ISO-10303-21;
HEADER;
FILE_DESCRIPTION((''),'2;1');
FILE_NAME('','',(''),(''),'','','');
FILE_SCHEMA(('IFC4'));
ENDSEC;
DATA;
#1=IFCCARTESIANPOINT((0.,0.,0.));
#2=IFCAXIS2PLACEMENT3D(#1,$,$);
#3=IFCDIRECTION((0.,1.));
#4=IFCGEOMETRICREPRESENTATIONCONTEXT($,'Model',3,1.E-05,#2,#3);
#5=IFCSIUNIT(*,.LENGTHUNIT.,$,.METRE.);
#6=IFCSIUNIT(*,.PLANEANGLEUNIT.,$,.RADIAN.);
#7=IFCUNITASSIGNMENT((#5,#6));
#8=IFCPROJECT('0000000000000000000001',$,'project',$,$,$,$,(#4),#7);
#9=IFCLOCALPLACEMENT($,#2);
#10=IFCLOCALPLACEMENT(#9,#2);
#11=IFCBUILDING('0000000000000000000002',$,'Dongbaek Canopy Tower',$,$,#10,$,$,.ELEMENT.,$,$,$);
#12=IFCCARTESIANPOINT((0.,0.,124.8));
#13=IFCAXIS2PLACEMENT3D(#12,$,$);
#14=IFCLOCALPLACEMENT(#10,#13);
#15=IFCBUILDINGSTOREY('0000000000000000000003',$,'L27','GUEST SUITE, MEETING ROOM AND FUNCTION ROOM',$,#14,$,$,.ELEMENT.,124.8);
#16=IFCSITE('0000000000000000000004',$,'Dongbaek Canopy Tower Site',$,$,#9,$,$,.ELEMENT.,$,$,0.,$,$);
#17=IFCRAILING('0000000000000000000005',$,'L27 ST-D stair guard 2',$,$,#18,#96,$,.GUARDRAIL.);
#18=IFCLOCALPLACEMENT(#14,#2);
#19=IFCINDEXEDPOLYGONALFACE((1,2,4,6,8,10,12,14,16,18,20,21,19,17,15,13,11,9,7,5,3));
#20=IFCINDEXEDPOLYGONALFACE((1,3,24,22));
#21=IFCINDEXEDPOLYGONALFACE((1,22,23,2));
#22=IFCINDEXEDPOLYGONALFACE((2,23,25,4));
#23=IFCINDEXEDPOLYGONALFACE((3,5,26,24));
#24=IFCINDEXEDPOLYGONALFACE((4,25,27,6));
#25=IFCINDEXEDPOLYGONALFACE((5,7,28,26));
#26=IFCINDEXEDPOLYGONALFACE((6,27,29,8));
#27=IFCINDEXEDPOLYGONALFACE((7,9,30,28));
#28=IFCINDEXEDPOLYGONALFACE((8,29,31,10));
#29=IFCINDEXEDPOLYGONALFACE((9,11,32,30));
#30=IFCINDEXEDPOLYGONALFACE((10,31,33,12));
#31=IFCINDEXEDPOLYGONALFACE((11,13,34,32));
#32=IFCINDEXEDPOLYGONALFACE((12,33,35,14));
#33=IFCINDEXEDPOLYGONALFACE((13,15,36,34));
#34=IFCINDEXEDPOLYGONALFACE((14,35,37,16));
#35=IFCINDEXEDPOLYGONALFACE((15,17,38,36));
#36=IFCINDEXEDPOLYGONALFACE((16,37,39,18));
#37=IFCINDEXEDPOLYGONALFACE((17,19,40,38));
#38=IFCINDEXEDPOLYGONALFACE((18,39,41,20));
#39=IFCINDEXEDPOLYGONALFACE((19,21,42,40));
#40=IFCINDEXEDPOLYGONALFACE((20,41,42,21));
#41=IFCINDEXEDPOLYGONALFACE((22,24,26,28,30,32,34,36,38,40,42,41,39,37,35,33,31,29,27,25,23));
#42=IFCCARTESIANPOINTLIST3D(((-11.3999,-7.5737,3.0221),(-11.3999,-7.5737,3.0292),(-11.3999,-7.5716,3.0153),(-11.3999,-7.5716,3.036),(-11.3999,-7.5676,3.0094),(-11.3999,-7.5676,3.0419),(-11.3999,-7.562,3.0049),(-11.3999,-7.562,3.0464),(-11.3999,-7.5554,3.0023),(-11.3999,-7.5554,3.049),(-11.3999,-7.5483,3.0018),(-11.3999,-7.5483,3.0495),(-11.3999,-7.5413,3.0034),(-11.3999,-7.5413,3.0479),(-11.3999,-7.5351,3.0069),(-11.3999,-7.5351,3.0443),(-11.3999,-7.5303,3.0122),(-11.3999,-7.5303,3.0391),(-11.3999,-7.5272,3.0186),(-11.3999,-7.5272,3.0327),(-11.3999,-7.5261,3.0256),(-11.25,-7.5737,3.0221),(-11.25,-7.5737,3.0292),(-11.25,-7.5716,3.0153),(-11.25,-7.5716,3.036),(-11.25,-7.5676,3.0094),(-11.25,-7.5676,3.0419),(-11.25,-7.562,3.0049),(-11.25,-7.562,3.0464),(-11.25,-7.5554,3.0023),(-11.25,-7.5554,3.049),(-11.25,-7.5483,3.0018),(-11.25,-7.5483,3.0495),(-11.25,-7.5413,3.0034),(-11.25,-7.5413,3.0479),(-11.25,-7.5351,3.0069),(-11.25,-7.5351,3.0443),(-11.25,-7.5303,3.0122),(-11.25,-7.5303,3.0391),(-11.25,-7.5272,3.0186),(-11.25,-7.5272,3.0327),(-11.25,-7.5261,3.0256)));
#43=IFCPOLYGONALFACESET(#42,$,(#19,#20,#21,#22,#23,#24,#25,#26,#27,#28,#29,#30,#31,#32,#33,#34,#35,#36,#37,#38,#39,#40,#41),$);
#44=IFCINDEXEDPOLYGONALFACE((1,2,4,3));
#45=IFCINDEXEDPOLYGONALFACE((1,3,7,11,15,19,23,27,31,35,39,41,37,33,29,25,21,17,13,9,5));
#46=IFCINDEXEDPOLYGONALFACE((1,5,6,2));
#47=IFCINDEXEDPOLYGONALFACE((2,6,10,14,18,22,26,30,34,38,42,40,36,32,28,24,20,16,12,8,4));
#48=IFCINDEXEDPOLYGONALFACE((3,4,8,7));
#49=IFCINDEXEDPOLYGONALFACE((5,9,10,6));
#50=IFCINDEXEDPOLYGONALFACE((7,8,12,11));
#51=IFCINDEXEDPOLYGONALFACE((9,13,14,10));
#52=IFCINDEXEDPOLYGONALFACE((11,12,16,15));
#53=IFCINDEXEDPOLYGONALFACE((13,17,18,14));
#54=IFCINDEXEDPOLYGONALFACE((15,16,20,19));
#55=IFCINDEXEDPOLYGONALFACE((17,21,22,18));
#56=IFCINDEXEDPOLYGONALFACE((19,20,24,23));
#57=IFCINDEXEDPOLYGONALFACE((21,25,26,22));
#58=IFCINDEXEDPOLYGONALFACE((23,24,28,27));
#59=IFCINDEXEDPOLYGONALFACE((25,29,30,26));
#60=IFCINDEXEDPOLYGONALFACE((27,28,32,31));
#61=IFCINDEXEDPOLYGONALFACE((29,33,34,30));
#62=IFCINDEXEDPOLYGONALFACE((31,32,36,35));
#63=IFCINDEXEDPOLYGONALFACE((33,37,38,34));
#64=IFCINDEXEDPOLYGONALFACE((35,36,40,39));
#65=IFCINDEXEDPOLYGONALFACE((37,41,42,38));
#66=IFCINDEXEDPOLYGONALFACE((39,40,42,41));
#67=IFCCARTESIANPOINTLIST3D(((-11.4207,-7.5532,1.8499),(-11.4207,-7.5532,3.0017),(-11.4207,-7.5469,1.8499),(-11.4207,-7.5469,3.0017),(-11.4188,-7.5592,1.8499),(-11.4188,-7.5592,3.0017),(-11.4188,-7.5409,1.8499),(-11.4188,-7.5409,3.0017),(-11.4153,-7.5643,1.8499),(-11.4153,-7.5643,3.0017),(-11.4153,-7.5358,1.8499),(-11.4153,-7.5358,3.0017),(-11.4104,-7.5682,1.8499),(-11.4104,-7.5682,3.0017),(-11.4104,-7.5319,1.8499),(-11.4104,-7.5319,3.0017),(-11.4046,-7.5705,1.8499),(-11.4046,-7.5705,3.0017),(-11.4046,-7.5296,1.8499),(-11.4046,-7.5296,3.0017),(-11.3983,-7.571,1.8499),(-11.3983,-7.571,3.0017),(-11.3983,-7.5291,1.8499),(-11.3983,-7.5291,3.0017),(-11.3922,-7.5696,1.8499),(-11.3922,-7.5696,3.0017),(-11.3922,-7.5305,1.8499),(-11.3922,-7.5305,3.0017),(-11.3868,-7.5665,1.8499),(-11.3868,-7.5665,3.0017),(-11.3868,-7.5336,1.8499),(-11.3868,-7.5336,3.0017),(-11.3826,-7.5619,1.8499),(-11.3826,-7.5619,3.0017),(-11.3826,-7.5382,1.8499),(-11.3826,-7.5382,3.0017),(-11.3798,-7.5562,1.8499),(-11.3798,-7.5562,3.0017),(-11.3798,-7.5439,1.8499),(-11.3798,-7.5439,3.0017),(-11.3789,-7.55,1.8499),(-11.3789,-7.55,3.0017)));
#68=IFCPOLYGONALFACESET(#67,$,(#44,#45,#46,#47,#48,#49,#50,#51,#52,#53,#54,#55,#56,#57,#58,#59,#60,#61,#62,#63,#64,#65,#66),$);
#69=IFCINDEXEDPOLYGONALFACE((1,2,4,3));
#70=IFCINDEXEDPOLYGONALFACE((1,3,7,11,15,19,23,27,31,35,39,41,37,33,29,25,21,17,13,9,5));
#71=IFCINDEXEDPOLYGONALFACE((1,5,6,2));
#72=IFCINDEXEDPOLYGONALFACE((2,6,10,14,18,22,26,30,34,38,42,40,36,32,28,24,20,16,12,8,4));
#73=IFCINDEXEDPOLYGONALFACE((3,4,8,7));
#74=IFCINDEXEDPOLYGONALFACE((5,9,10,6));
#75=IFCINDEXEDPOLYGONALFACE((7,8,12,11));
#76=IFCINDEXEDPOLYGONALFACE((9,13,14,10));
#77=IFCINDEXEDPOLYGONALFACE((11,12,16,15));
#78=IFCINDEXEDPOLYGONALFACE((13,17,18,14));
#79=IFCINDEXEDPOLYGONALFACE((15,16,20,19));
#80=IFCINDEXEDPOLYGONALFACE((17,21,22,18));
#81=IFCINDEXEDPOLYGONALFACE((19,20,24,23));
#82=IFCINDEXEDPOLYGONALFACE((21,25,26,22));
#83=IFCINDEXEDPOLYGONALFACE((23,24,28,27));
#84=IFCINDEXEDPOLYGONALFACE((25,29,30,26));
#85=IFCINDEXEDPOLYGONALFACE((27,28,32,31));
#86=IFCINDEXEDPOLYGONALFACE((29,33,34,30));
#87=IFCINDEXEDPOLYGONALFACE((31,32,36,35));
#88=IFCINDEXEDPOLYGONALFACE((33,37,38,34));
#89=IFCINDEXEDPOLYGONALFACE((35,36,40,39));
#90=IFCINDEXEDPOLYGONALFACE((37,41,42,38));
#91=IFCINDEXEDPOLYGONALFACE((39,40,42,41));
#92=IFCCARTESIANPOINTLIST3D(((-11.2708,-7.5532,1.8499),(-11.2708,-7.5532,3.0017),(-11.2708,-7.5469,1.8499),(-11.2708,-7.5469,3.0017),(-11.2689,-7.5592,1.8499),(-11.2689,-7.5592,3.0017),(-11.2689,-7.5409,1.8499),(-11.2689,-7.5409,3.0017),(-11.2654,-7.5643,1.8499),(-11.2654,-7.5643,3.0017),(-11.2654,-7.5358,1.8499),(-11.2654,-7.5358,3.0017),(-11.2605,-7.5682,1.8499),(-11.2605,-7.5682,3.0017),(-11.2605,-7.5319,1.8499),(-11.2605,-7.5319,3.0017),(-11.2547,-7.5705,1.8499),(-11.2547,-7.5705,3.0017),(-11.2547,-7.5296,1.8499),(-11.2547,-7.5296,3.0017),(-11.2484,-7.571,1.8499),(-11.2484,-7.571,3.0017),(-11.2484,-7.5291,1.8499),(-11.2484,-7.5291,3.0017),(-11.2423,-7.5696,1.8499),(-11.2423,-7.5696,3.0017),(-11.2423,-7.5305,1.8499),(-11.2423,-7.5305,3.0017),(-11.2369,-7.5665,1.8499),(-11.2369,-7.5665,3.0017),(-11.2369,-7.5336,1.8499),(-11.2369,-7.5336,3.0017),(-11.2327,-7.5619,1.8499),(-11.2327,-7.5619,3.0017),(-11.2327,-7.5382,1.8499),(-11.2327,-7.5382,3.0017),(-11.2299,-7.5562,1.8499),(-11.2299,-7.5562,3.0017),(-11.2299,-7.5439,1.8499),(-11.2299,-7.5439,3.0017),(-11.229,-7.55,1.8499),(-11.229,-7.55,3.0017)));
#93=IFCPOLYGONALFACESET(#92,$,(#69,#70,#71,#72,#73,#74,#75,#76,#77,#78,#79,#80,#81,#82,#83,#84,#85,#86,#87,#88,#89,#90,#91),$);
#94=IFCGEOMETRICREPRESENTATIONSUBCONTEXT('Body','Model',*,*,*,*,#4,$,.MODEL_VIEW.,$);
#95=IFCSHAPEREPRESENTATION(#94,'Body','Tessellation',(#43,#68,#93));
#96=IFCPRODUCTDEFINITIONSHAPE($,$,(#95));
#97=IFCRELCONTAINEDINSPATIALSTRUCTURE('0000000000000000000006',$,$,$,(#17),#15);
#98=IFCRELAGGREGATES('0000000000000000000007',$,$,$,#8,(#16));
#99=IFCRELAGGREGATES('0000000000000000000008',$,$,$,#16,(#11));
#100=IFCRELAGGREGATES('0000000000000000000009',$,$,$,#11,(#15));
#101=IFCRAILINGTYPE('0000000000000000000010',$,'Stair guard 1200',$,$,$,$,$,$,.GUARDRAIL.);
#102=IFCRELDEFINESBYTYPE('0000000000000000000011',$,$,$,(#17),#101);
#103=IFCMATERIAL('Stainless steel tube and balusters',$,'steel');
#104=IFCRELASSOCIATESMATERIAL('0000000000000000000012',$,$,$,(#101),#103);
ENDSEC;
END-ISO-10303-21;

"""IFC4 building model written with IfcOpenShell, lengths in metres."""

from ifc_helpers import new_model, si_unit, direction, frame, origin, origin_2d, place, context, subcontext, project, spatial, circle, extrude, material, type_object, element, save


model = new_model("IFC4")

# Units and contexts
model_context = context("Model", 3, precision=1e-05, world=origin(), true_north=direction((0.0, 1.0)))
body_context = subcontext(model_context, "Body", "Model", "MODEL_VIEW")
ifc_project = project(units=[si_unit("LENGTHUNIT", "METRE"), si_unit("PLANEANGLEUNIT", "RADIAN")], contexts=[model_context])

# Site, building, storey
site_placement = place(None, origin())
site = spatial("IfcSite", under=ifc_project, at=site_placement, Name="Dongbaek Canopy Tower Site", CompositionType="ELEMENT", RefElevation=0.0)
building_placement = place(site_placement, origin())
building = spatial("IfcBuilding", under=site, at=building_placement, Name="Dongbaek Canopy Tower", CompositionType="ELEMENT")
storey_placement = place(building_placement, frame((0.0, 0.0, 124.8)))
storey = spatial("IfcBuildingStorey", under=building, at=storey_placement, Name="L27", Description="GUEST SUITE, MEETING ROOM AND FUNCTION ROOM", CompositionType="ELEMENT", Elevation=124.8)

# Railing
ifc_material_1 = material(Name="Stainless steel tube and balusters", Category="steel")
railing_type_1 = type_object("IfcRailingType", Name="Stair guard 1200", PredefinedType="GUARDRAIL", material=ifc_material_1)
railing_1_placement = place(storey_placement, frame((-11.3999, -7.55, 1.8499)))
element("IfcRailing", 1, at=railing_1_placement, inside=storey, type_object=railing_type_1, Name="L27 ST-D stair guard 2", PredefinedType="GUARDRAIL", context=body_context, shape_type="SweptSolid", body=[
    extrude(circle(Radius=0.0239, at=origin_2d()), frame((0.0, 0.0, 1.1758), z_axis=(1.0, 0.0, 0.0), x_axis=(0.0, 1.0, 0.0)), (0.0, 0.0, 1.0), 0.1499),
    extrude(circle(Radius=0.021, at=origin_2d()), origin(), (0.0, 0.0, 1.0), 1.1519),
    extrude(circle(Radius=0.021, at=origin_2d()), frame((0.1499, 0.0, 0.0)), (0.0, 0.0, 1.0), 1.1519),
])

save(model, "model.ifc")
